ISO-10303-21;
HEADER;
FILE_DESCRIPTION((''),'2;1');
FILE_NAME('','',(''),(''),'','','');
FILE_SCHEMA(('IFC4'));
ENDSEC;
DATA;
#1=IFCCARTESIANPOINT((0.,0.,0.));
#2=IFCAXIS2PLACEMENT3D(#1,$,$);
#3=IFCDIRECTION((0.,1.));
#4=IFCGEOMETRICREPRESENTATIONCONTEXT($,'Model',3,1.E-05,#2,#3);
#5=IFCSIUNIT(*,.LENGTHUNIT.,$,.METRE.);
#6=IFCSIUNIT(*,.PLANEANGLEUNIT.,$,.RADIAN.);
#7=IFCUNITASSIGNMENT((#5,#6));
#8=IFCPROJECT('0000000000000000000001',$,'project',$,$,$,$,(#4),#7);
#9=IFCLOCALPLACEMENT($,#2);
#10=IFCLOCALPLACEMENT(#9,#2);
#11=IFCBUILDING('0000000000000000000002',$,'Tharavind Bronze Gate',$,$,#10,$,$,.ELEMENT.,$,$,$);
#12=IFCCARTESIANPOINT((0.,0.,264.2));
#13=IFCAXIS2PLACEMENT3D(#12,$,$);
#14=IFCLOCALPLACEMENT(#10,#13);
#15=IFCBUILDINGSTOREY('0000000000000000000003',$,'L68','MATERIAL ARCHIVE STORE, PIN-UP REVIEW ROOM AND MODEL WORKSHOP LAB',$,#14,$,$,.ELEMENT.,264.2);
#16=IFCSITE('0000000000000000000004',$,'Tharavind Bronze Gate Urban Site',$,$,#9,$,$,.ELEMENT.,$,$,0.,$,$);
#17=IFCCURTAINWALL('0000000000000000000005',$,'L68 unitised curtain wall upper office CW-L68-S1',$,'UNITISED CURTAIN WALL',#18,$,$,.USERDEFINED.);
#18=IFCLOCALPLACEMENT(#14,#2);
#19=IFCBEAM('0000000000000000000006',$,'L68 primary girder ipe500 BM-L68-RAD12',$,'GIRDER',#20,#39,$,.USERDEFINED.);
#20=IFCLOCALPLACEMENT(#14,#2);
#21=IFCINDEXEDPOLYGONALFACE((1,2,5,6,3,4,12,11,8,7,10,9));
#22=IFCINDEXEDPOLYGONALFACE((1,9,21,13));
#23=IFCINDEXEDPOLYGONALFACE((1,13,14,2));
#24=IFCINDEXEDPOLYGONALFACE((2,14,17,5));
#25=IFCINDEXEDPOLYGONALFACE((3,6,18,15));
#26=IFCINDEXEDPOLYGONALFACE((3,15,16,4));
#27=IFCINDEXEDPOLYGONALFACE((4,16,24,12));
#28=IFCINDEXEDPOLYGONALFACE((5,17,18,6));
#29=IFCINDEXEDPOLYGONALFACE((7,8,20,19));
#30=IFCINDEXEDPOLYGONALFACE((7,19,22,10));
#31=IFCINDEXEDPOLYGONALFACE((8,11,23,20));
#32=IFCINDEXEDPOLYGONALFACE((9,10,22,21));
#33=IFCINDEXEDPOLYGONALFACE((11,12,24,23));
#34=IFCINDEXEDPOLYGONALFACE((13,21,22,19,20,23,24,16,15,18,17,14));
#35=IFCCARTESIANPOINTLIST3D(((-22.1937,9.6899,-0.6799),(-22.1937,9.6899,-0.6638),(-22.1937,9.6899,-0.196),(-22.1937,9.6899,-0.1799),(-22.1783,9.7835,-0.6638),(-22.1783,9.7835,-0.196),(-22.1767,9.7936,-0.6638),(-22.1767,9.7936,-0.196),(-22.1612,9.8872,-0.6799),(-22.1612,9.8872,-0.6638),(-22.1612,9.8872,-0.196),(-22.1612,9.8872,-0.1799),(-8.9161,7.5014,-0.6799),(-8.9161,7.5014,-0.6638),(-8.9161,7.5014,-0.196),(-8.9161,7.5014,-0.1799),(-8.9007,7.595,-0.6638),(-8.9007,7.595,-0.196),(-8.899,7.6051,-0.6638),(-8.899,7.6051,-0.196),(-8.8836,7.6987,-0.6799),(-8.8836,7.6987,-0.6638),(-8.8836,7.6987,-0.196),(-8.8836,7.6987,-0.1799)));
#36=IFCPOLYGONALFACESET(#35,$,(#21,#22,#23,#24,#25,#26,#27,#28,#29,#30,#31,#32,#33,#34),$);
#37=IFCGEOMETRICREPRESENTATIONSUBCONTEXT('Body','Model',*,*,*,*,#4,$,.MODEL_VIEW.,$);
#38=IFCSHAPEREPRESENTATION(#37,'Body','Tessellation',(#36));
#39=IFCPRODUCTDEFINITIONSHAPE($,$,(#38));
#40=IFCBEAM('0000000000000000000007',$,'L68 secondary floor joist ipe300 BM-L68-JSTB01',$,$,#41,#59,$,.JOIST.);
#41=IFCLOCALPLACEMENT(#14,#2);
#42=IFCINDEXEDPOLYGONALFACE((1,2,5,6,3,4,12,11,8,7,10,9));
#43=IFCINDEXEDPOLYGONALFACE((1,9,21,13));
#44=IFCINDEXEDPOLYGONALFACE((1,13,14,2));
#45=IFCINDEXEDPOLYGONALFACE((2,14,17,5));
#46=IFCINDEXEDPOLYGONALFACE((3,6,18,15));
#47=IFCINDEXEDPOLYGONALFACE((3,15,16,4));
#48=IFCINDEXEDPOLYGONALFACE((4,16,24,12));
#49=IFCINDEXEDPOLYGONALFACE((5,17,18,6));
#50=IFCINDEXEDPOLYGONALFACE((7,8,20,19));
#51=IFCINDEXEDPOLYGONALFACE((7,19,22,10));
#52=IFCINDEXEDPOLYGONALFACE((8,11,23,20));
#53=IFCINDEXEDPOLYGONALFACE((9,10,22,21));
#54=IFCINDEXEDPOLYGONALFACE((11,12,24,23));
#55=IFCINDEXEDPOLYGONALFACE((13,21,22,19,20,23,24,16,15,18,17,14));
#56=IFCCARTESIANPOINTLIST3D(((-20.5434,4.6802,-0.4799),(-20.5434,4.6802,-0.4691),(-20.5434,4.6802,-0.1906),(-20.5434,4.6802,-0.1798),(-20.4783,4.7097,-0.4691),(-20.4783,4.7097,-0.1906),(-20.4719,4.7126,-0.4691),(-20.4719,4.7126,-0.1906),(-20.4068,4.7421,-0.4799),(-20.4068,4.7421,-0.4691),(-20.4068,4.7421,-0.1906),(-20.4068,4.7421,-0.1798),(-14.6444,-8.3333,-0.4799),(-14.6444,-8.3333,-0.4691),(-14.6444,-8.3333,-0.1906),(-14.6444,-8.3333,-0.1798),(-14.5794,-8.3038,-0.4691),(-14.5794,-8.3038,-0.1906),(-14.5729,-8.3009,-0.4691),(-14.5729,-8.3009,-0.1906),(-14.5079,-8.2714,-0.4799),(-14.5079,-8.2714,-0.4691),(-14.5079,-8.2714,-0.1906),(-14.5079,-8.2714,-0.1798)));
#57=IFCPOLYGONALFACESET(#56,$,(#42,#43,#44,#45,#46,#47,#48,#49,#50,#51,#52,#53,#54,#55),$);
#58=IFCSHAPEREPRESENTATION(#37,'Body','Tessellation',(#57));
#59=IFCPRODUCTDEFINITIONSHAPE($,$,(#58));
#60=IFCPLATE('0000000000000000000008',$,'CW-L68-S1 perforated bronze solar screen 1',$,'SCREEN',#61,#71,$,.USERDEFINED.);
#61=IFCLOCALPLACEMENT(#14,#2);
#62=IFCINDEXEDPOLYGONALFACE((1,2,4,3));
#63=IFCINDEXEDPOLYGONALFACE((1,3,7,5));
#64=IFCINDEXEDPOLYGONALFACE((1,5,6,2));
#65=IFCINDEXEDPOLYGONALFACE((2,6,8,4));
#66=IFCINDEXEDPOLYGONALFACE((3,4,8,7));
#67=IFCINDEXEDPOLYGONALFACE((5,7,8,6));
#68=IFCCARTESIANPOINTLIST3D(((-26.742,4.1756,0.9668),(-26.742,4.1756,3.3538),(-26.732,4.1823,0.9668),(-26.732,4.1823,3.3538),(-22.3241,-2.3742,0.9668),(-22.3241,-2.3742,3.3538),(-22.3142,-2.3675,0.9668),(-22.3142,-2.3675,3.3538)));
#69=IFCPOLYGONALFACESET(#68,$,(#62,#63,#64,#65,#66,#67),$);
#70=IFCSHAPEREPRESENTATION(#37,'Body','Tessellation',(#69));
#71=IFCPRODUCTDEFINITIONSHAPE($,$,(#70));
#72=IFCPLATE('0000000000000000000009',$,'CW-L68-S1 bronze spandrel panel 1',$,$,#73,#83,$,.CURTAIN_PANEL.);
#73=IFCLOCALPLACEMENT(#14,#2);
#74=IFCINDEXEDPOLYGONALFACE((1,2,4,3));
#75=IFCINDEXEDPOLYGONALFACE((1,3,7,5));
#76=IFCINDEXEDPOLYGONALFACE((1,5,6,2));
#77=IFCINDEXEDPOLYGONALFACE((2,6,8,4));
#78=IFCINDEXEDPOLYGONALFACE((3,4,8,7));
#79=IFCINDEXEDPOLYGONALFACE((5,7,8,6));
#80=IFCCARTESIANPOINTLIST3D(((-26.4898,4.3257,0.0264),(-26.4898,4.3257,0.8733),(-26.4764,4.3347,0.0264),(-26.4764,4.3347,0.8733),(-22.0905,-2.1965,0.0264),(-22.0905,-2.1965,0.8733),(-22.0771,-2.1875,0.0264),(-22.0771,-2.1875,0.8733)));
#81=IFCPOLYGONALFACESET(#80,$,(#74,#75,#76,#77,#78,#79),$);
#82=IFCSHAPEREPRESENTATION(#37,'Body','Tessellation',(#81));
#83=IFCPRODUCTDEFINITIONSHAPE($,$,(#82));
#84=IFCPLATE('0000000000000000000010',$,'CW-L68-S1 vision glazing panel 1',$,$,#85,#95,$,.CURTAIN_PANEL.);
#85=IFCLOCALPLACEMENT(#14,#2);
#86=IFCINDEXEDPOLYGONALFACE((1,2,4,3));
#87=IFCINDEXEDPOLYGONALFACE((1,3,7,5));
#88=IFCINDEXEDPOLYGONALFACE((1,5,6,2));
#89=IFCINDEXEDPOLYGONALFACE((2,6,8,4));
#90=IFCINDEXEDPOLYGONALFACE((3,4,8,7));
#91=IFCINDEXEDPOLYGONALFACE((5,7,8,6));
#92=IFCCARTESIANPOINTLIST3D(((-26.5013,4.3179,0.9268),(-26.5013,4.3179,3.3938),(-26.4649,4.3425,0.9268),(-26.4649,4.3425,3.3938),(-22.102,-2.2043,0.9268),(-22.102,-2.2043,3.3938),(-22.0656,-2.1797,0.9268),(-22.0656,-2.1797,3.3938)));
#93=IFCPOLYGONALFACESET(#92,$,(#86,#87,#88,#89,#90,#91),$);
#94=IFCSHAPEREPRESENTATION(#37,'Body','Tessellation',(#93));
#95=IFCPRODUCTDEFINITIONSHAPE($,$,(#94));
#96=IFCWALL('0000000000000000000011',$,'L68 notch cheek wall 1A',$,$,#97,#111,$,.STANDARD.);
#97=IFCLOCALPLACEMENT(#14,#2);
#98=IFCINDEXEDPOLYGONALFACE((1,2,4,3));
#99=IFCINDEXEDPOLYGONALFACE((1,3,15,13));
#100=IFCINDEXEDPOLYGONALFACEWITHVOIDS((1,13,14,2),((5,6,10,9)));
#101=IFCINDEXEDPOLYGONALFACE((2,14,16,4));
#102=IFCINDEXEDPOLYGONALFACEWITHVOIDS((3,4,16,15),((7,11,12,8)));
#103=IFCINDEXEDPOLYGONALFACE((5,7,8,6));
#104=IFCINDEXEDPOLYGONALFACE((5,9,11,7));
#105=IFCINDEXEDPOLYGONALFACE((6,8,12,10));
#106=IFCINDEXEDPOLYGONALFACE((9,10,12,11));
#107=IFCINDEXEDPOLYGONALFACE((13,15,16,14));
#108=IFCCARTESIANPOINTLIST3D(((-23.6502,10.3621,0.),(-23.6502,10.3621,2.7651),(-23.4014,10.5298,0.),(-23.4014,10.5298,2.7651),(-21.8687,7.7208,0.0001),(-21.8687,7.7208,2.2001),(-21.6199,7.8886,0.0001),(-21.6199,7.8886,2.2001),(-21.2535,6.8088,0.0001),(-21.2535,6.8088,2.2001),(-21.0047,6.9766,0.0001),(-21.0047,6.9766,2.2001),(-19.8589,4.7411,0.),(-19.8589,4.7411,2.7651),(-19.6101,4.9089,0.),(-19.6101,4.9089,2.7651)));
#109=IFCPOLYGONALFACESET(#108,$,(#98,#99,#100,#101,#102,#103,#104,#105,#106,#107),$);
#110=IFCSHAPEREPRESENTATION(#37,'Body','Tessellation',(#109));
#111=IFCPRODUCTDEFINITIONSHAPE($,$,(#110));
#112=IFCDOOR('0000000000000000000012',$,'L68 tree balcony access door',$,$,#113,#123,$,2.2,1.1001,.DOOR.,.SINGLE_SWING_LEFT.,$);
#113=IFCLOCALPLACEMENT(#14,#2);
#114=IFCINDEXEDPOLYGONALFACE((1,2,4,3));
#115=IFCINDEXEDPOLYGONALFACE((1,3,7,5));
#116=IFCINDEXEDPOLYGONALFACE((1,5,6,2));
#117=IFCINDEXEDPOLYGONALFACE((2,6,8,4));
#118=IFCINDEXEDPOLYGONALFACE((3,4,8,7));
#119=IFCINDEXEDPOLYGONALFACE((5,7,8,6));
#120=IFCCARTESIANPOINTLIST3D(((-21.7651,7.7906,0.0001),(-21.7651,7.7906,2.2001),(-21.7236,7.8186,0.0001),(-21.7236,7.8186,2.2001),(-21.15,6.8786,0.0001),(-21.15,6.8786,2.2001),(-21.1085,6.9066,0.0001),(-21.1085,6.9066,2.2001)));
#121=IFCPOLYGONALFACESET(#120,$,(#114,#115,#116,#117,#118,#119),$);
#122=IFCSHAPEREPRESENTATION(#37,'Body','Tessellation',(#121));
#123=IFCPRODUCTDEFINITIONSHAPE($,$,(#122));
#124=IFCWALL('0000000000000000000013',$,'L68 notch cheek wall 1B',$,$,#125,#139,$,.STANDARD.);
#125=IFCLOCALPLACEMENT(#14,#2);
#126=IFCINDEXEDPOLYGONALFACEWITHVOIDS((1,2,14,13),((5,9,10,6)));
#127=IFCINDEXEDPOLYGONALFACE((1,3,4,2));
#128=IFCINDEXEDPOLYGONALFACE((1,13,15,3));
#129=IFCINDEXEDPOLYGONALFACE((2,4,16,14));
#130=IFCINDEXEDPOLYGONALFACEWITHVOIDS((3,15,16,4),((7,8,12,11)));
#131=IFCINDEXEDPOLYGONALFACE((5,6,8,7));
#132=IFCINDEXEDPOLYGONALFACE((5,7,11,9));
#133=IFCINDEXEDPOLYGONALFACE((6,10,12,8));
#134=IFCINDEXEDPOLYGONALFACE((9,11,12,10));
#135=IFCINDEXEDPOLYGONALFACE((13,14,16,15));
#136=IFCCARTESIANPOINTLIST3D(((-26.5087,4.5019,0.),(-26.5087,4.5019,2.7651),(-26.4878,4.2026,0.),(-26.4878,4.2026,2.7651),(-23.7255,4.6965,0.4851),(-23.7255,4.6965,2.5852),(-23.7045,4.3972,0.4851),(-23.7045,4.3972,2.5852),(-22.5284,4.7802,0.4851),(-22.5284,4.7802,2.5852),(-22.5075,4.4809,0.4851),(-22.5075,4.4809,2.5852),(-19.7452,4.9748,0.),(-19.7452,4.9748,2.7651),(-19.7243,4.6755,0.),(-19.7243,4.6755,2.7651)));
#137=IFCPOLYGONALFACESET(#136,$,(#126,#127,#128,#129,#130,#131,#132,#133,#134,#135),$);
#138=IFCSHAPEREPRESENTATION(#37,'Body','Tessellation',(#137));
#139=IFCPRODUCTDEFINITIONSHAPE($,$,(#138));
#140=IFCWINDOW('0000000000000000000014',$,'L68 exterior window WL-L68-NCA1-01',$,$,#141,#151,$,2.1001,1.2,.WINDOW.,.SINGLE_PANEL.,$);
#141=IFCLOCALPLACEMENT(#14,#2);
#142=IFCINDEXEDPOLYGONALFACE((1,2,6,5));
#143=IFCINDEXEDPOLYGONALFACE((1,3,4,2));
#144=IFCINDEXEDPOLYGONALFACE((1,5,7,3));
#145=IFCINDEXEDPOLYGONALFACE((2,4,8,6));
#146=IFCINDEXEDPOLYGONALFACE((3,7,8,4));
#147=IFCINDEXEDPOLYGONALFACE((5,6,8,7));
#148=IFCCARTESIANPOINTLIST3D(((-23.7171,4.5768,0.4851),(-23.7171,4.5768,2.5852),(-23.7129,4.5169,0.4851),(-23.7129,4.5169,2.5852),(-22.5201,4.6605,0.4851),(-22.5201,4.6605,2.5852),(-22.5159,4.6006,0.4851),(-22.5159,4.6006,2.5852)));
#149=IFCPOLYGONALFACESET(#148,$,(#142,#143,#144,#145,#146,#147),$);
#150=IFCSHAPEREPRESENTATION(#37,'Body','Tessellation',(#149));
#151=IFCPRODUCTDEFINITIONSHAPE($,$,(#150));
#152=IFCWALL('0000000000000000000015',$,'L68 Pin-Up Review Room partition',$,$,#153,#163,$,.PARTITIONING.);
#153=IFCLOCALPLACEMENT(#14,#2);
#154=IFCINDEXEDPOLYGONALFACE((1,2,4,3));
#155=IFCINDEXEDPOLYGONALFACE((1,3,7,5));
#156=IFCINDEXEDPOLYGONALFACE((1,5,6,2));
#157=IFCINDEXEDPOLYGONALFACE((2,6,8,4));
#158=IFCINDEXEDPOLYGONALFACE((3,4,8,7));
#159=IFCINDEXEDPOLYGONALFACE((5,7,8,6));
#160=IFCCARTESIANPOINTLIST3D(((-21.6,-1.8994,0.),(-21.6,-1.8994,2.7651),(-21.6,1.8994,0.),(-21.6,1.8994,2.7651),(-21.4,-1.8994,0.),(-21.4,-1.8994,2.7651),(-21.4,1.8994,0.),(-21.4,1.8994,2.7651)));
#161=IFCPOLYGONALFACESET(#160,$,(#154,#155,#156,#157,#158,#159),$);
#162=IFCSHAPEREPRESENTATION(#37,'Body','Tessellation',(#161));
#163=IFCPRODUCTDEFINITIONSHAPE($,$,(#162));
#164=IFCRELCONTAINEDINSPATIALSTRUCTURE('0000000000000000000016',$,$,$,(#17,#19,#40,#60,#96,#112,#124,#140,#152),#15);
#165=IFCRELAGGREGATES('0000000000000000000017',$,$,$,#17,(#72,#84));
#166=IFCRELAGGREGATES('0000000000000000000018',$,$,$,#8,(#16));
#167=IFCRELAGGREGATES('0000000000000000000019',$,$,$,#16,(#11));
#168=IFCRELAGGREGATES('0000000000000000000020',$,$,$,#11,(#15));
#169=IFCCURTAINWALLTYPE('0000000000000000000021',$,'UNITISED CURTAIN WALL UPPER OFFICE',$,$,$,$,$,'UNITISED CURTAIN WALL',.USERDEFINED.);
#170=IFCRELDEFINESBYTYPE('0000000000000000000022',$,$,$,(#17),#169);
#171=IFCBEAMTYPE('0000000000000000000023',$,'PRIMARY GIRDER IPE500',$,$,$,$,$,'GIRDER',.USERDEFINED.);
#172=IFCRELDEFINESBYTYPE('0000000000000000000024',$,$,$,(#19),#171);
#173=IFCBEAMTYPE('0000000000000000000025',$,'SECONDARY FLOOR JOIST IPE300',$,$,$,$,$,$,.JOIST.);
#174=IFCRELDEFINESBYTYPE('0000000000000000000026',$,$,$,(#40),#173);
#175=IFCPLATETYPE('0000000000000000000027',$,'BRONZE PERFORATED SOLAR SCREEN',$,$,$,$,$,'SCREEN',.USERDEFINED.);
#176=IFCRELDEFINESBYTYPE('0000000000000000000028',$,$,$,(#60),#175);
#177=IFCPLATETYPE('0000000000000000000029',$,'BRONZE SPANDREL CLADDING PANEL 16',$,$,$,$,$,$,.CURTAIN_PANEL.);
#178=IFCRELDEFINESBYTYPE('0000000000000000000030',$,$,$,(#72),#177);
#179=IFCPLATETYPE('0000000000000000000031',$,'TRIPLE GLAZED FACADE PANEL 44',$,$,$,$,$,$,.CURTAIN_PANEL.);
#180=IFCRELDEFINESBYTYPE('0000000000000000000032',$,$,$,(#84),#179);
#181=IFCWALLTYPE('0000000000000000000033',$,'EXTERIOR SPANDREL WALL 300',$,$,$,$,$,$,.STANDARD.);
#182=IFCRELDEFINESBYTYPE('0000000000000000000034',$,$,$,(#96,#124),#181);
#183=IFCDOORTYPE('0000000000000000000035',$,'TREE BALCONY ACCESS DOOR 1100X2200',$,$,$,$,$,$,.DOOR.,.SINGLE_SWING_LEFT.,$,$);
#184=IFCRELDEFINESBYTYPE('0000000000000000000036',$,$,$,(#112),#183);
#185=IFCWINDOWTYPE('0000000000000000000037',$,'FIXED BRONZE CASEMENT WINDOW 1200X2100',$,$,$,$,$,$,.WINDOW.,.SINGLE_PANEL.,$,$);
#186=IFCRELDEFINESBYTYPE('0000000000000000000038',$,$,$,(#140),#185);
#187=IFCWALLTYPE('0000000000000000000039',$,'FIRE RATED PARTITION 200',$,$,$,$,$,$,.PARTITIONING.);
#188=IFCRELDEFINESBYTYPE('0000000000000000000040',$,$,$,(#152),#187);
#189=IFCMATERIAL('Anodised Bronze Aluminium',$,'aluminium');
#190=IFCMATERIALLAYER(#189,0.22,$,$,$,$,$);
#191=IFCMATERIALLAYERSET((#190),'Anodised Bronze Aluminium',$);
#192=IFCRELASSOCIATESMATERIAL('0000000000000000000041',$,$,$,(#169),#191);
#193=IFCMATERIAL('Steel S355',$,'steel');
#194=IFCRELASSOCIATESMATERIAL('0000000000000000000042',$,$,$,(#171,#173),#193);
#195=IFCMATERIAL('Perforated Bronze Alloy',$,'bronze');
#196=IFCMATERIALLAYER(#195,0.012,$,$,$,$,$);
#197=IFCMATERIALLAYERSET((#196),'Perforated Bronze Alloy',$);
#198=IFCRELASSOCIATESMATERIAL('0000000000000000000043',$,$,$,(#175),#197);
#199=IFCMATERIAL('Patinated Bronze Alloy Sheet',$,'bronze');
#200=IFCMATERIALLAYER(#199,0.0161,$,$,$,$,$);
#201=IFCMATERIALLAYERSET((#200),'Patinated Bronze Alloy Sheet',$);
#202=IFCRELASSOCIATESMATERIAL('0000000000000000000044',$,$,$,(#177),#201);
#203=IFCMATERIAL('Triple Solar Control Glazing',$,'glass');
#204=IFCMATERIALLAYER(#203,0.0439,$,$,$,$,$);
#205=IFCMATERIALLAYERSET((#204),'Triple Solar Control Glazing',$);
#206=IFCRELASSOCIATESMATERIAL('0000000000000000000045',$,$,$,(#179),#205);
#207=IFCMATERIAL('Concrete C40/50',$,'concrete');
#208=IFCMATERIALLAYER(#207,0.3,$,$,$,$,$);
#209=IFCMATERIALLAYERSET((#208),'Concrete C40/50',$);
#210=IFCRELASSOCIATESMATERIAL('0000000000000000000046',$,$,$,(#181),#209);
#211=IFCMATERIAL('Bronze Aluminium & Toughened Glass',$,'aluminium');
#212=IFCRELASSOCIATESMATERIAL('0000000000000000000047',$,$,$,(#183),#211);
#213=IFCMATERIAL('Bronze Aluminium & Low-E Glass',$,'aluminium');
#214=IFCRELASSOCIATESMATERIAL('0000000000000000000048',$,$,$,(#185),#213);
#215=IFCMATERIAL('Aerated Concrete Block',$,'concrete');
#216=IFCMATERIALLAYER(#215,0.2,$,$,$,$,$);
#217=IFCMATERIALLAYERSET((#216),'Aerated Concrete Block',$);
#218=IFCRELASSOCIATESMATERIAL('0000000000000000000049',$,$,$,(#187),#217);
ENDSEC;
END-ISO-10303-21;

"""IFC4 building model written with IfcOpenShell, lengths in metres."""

from ifc_helpers import new_model, si_unit, direction, frame, frame_2d, origin, origin_2d, place, context, subcontext, project, spatial, rectangle, i_section, extrude, material, layer, layer_set, material_profile, profile_set, type_object, element, fill, aggregate, save


model = new_model("IFC4")

# Units and contexts
model_context = context("Model", 3, precision=1e-05, world=origin(), true_north=direction((0.0, 1.0)))
body_context = subcontext(model_context, "Body", "Model", "MODEL_VIEW")
ifc_project = project(units=[si_unit("LENGTHUNIT", "METRE"), si_unit("PLANEANGLEUNIT", "RADIAN")], contexts=[model_context])

# Site, building, storey
site_placement = place(None, origin())
site = spatial("IfcSite", under=ifc_project, at=site_placement, Name="Tharavind Bronze Gate Urban Site", CompositionType="ELEMENT", RefElevation=0.0)
building_placement = place(site_placement, origin())
building = spatial("IfcBuilding", under=site, at=building_placement, Name="Tharavind Bronze Gate", CompositionType="ELEMENT")
storey_placement = place(building_placement, frame((0.0, 0.0, 264.2)))
storey = spatial("IfcBuildingStorey", under=building, at=storey_placement, Name="L68", Description="MATERIAL ARCHIVE STORE, PIN-UP REVIEW ROOM AND MODEL WORKSHOP LAB", CompositionType="ELEMENT", Elevation=264.2)

# Curtain wall
ifc_material_1 = material(Name="Anodised Bronze Aluminium", Category="aluminium")
ifc_layer_1 = layer(ifc_material_1, 0.22)
ifc_layer_set_1 = layer_set([ifc_layer_1], Name="Anodised Bronze Aluminium")
curtain_wall_type = type_object("IfcCurtainWallType", Name="UNITISED CURTAIN WALL UPPER OFFICE", ElementType="UNITISED CURTAIN WALL", PredefinedType="USERDEFINED", material=ifc_layer_set_1)
curtain_wall_1_placement = place(storey_placement, origin())
curtain_wall_1 = element("IfcCurtainWall", 1, at=curtain_wall_1_placement, inside=storey, type_object=curtain_wall_type, Name="L68 unitised curtain wall upper office CW-L68-S1", ObjectType="UNITISED CURTAIN WALL", PredefinedType="USERDEFINED")

# Beams
ifc_material_2 = material(Name="Steel S355", Category="steel")
ifc_material_profile_1 = material_profile(ifc_material_2, i_section(OverallWidth=0.2, OverallDepth=0.5, WebThickness=0.0103, FlangeThickness=0.0161, at=origin_2d()), Name="IPE500")
ifc_profile_set_1 = profile_set([ifc_material_profile_1], Name="Steel S355")
beam_type_1 = type_object("IfcBeamType", Name="PRIMARY GIRDER IPE500", ElementType="GIRDER", PredefinedType="USERDEFINED", material=ifc_profile_set_1)
beam_1_placement = place(storey_placement, frame((-22.1775, 9.7886, -0.4299), z_axis=(0.986687, -0.162631, 0.0), x_axis=(0.162631, 0.986687, 0.0)))
element("IfcBeam", 2, at=beam_1_placement, inside=storey, type_object=beam_type_1, Name="L68 primary girder ipe500 BM-L68-RAD12", ObjectType="GIRDER", PredefinedType="USERDEFINED", context=body_context, shape_type="SweptSolid", body=[
    extrude(i_section(OverallWidth=0.2, OverallDepth=0.5, WebThickness=0.0103, FlangeThickness=0.0161, at=origin_2d()), origin(), (0.0, 0.0, 1.0), 13.4568),
])
ifc_material_profile_2 = material_profile(ifc_material_2, i_section(OverallWidth=0.1499, OverallDepth=0.3, WebThickness=0.0071, FlangeThickness=0.0107, at=origin_2d()), Name="IPE300")
ifc_profile_set_2 = profile_set([ifc_material_profile_2], Name="Steel S355")
beam_type_2 = type_object("IfcBeamType", Name="SECONDARY FLOOR JOIST IPE300", PredefinedType="JOIST", material=ifc_profile_set_2)
beam_2_placement = place(storey_placement, frame((-20.4751, 4.7112, -0.3298), z_axis=(0.412859, -0.910795, 0.0), x_axis=(0.910795, 0.412859, 0.0)))
element("IfcBeam", 3, at=beam_2_placement, inside=storey, type_object=beam_type_2, Name="L68 secondary floor joist ipe300 BM-L68-JSTB01", PredefinedType="JOIST", context=body_context, shape_type="SweptSolid", body=[
    extrude(i_section(OverallWidth=0.1499, OverallDepth=0.3, WebThickness=0.0071, FlangeThickness=0.0107, at=origin_2d()), origin(), (0.0, 0.0, 1.0), 14.2881),
])

# Plates
ifc_material_3 = material(Name="Perforated Bronze Alloy", Category="bronze")
ifc_layer_2 = layer(ifc_material_3, 0.012)
ifc_layer_set_2 = layer_set([ifc_layer_2], Name="Perforated Bronze Alloy")
plate_type_1 = type_object("IfcPlateType", Name="BRONZE PERFORATED SOLAR SCREEN", ElementType="SCREEN", PredefinedType="USERDEFINED", material=ifc_layer_set_2)
plate_1_placement = place(storey_placement, frame((-24.5281, 0.9041, 0.9668), z_axis=(0.0, 0.0, 1.0), x_axis=(0.559191, -0.829039, 0.0)))
element("IfcPlate", 4, at=plate_1_placement, inside=storey, type_object=plate_type_1, Name="CW-L68-S1 perforated bronze solar screen 1", ObjectType="SCREEN", PredefinedType="USERDEFINED", context=body_context, shape_type="SweptSolid", body=[
    extrude(rectangle(XDim=7.9004, YDim=0.012, at=origin_2d()), origin(), (0.0, 0.0, 1.0), 2.387),
])
ifc_material_4 = material(Name="Patinated Bronze Alloy Sheet", Category="bronze")
ifc_layer_3 = layer(ifc_material_4, 0.0161)
ifc_layer_set_3 = layer_set([ifc_layer_3], Name="Patinated Bronze Alloy Sheet")
plate_type_2 = type_object("IfcPlateType", Name="BRONZE SPANDREL CLADDING PANEL 16", PredefinedType="CURTAIN_PANEL", material=ifc_layer_set_3)
plate_2_placement = place(storey_placement, frame((-24.2834, 1.0691, 0.0264), z_axis=(0.0, 0.0, 1.0), x_axis=(0.559191, -0.829039, 0.0)))
plate_2 = element("IfcPlate", 5, at=plate_2_placement, type_object=plate_type_2, Name="CW-L68-S1 bronze spandrel panel 1", PredefinedType="CURTAIN_PANEL", context=body_context, shape_type="SweptSolid", body=[
    extrude(rectangle(XDim=7.8672, YDim=0.0161, at=origin_2d()), origin(), (0.0, 0.0, 1.0), 0.8469),
])
ifc_material_5 = material(Name="Triple Solar Control Glazing", Category="glass")
ifc_layer_4 = layer(ifc_material_5, 0.0439)
ifc_layer_set_4 = layer_set([ifc_layer_4], Name="Triple Solar Control Glazing")
plate_type_3 = type_object("IfcPlateType", Name="TRIPLE GLAZED FACADE PANEL 44", PredefinedType="CURTAIN_PANEL", material=ifc_layer_set_4)
plate_3_placement = place(storey_placement, frame((-24.2834, 1.0691, 0.9268), z_axis=(0.0, 0.0, 1.0), x_axis=(0.559191, -0.829039, 0.0)))
plate_3 = element("IfcPlate", 6, at=plate_3_placement, type_object=plate_type_3, Name="CW-L68-S1 vision glazing panel 1", PredefinedType="CURTAIN_PANEL", context=body_context, shape_type="SweptSolid", body=[
    extrude(rectangle(XDim=7.8672, YDim=0.0439, at=origin_2d()), origin(), (0.0, 0.0, 1.0), 2.467),
])
aggregate(curtain_wall_1, [plate_2, plate_3])

# Wall, opening, door
ifc_material_6 = material(Name="Concrete C40/50", Category="concrete")
ifc_layer_5 = layer(ifc_material_6, 0.3)
ifc_layer_set_5 = layer_set([ifc_layer_5], Name="Concrete C40/50")
wall_type_1 = type_object("IfcWallType", Name="EXTERIOR SPANDREL WALL 300", PredefinedType="STANDARD", material=ifc_layer_set_5)
wall_1_placement = place(storey_placement, frame((-23.5259, 10.446, 0.0), z_axis=(0.0, 0.0, 1.0), x_axis=(0.559188, -0.829041, 0.0)))
wall_1 = element("IfcWall", 7, at=wall_1_placement, inside=storey, type_object=wall_type_1, Name="L68 notch cheek wall 1A", PredefinedType="STANDARD", context=body_context, shape_type="SweptSolid", body=[
    extrude(rectangle(XDim=6.78, YDim=0.3, at=frame_2d((3.3901, 0.0))), origin(), (0.0, 0.0, 1.0), 2.7651),
])
opening_1_placement = place(wall_1_placement, frame((3.186, 0.0, 0.0)))
opening_1 = element("IfcOpeningElement", 8, at=opening_1_placement, cuts=wall_1, PredefinedType="OPENING", context=body_context, shape_type="SweptSolid", body=[
    extrude(rectangle(XDim=1.1001, YDim=2.2, at=frame_2d((0.55, 1.1001))), frame((0.0, 0.1599, 0.0), z_axis=(0.0, -1.0, 0.0), x_axis=(1.0, 0.0, 0.0)), (0.0, 0.0, 1.0), 0.32),
])
ifc_material_7 = material(Name="Bronze Aluminium & Toughened Glass", Category="aluminium")
door_type = type_object("IfcDoorType", Name="TREE BALCONY ACCESS DOOR 1100X2200", OperationType="SINGLE_SWING_LEFT", PredefinedType="DOOR", material=ifc_material_7)
door_placement = place(opening_1_placement, origin())
door = element("IfcDoor", 9, at=door_placement, inside=storey, type_object=door_type, Name="L68 tree balcony access door", OperationType="SINGLE_SWING_LEFT", OverallHeight=2.2, OverallWidth=1.1001, PredefinedType="DOOR", context=body_context, shape_type="SweptSolid", body=[
    extrude(rectangle(XDim=1.1001, YDim=2.2, at=frame_2d((0.55, 1.1001))), frame((0.0, 0.0249, 0.0), z_axis=(0.0, -1.0, 0.0), x_axis=(1.0, 0.0, 0.0)), (0.0, 0.0, 1.0), 0.05),
])
fill(opening_1, door)

# Wall, opening, window
wall_2_placement = place(storey_placement, frame((-19.7346, 4.8252, 0.0), z_axis=(0.0, 0.0, 1.0), x_axis=(-0.997565, -0.06975, 0.0)))
wall_2 = element("IfcWall", 10, at=wall_2_placement, inside=storey, type_object=wall_type_1, Name="L68 notch cheek wall 1B", PredefinedType="STANDARD", context=body_context, shape_type="SweptSolid", body=[
    extrude(rectangle(XDim=6.78, YDim=0.3, at=frame_2d((3.3901, 0.0))), origin(), (0.0, 0.0, 1.0), 2.7651),
])
opening_2_placement = place(wall_2_placement, frame((2.79, 0.0, 0.4851)))
opening_2 = element("IfcOpeningElement", 11, at=opening_2_placement, cuts=wall_2, PredefinedType="OPENING", context=body_context, shape_type="SweptSolid", body=[
    extrude(rectangle(XDim=1.2, YDim=2.1001, at=frame_2d((0.6001, 1.05))), frame((0.0, 0.1599, 0.0), z_axis=(0.0, -1.0, 0.0), x_axis=(1.0, 0.0, 0.0)), (0.0, 0.0, 1.0), 0.32),
])
ifc_material_8 = material(Name="Bronze Aluminium & Low-E Glass", Category="aluminium")
window_type = type_object("IfcWindowType", Name="FIXED BRONZE CASEMENT WINDOW 1200X2100", PartitioningType="SINGLE_PANEL", PredefinedType="WINDOW", material=ifc_material_8)
window_placement = place(opening_2_placement, origin())
window = element("IfcWindow", 12, at=window_placement, inside=storey, type_object=window_type, Name="L68 exterior window WL-L68-NCA1-01", OverallHeight=2.1001, OverallWidth=1.2, PartitioningType="SINGLE_PANEL", PredefinedType="WINDOW", context=body_context, shape_type="SweptSolid", body=[
    extrude(rectangle(XDim=1.2, YDim=2.1001, at=frame_2d((0.6001, 1.05))), frame((0.0, 0.03, 0.0), z_axis=(0.0, -1.0, 0.0), x_axis=(1.0, 0.0, 0.0)), (0.0, 0.0, 1.0), 0.0601),
])
fill(opening_2, window)

# Wall
ifc_material_9 = material(Name="Aerated Concrete Block", Category="concrete")
ifc_layer_6 = layer(ifc_material_9, 0.2)
ifc_layer_set_6 = layer_set([ifc_layer_6], Name="Aerated Concrete Block")
wall_type_2 = type_object("IfcWallType", Name="FIRE RATED PARTITION 200", PredefinedType="PARTITIONING", material=ifc_layer_set_6)
wall_3_placement = place(storey_placement, frame((-21.5, 1.8994, 0.0), z_axis=(0.0, 0.0, 1.0), x_axis=(0.0, -1.0, 0.0)))
element("IfcWall", 13, at=wall_3_placement, inside=storey, type_object=wall_type_2, Name="L68 Pin-Up Review Room partition", PredefinedType="PARTITIONING", context=body_context, shape_type="SweptSolid", body=[
    extrude(rectangle(XDim=3.7988, YDim=0.2, at=frame_2d((1.8994, 0.0))), origin(), (0.0, 0.0, 1.0), 2.7651),
])

save(model, "model.ifc")
